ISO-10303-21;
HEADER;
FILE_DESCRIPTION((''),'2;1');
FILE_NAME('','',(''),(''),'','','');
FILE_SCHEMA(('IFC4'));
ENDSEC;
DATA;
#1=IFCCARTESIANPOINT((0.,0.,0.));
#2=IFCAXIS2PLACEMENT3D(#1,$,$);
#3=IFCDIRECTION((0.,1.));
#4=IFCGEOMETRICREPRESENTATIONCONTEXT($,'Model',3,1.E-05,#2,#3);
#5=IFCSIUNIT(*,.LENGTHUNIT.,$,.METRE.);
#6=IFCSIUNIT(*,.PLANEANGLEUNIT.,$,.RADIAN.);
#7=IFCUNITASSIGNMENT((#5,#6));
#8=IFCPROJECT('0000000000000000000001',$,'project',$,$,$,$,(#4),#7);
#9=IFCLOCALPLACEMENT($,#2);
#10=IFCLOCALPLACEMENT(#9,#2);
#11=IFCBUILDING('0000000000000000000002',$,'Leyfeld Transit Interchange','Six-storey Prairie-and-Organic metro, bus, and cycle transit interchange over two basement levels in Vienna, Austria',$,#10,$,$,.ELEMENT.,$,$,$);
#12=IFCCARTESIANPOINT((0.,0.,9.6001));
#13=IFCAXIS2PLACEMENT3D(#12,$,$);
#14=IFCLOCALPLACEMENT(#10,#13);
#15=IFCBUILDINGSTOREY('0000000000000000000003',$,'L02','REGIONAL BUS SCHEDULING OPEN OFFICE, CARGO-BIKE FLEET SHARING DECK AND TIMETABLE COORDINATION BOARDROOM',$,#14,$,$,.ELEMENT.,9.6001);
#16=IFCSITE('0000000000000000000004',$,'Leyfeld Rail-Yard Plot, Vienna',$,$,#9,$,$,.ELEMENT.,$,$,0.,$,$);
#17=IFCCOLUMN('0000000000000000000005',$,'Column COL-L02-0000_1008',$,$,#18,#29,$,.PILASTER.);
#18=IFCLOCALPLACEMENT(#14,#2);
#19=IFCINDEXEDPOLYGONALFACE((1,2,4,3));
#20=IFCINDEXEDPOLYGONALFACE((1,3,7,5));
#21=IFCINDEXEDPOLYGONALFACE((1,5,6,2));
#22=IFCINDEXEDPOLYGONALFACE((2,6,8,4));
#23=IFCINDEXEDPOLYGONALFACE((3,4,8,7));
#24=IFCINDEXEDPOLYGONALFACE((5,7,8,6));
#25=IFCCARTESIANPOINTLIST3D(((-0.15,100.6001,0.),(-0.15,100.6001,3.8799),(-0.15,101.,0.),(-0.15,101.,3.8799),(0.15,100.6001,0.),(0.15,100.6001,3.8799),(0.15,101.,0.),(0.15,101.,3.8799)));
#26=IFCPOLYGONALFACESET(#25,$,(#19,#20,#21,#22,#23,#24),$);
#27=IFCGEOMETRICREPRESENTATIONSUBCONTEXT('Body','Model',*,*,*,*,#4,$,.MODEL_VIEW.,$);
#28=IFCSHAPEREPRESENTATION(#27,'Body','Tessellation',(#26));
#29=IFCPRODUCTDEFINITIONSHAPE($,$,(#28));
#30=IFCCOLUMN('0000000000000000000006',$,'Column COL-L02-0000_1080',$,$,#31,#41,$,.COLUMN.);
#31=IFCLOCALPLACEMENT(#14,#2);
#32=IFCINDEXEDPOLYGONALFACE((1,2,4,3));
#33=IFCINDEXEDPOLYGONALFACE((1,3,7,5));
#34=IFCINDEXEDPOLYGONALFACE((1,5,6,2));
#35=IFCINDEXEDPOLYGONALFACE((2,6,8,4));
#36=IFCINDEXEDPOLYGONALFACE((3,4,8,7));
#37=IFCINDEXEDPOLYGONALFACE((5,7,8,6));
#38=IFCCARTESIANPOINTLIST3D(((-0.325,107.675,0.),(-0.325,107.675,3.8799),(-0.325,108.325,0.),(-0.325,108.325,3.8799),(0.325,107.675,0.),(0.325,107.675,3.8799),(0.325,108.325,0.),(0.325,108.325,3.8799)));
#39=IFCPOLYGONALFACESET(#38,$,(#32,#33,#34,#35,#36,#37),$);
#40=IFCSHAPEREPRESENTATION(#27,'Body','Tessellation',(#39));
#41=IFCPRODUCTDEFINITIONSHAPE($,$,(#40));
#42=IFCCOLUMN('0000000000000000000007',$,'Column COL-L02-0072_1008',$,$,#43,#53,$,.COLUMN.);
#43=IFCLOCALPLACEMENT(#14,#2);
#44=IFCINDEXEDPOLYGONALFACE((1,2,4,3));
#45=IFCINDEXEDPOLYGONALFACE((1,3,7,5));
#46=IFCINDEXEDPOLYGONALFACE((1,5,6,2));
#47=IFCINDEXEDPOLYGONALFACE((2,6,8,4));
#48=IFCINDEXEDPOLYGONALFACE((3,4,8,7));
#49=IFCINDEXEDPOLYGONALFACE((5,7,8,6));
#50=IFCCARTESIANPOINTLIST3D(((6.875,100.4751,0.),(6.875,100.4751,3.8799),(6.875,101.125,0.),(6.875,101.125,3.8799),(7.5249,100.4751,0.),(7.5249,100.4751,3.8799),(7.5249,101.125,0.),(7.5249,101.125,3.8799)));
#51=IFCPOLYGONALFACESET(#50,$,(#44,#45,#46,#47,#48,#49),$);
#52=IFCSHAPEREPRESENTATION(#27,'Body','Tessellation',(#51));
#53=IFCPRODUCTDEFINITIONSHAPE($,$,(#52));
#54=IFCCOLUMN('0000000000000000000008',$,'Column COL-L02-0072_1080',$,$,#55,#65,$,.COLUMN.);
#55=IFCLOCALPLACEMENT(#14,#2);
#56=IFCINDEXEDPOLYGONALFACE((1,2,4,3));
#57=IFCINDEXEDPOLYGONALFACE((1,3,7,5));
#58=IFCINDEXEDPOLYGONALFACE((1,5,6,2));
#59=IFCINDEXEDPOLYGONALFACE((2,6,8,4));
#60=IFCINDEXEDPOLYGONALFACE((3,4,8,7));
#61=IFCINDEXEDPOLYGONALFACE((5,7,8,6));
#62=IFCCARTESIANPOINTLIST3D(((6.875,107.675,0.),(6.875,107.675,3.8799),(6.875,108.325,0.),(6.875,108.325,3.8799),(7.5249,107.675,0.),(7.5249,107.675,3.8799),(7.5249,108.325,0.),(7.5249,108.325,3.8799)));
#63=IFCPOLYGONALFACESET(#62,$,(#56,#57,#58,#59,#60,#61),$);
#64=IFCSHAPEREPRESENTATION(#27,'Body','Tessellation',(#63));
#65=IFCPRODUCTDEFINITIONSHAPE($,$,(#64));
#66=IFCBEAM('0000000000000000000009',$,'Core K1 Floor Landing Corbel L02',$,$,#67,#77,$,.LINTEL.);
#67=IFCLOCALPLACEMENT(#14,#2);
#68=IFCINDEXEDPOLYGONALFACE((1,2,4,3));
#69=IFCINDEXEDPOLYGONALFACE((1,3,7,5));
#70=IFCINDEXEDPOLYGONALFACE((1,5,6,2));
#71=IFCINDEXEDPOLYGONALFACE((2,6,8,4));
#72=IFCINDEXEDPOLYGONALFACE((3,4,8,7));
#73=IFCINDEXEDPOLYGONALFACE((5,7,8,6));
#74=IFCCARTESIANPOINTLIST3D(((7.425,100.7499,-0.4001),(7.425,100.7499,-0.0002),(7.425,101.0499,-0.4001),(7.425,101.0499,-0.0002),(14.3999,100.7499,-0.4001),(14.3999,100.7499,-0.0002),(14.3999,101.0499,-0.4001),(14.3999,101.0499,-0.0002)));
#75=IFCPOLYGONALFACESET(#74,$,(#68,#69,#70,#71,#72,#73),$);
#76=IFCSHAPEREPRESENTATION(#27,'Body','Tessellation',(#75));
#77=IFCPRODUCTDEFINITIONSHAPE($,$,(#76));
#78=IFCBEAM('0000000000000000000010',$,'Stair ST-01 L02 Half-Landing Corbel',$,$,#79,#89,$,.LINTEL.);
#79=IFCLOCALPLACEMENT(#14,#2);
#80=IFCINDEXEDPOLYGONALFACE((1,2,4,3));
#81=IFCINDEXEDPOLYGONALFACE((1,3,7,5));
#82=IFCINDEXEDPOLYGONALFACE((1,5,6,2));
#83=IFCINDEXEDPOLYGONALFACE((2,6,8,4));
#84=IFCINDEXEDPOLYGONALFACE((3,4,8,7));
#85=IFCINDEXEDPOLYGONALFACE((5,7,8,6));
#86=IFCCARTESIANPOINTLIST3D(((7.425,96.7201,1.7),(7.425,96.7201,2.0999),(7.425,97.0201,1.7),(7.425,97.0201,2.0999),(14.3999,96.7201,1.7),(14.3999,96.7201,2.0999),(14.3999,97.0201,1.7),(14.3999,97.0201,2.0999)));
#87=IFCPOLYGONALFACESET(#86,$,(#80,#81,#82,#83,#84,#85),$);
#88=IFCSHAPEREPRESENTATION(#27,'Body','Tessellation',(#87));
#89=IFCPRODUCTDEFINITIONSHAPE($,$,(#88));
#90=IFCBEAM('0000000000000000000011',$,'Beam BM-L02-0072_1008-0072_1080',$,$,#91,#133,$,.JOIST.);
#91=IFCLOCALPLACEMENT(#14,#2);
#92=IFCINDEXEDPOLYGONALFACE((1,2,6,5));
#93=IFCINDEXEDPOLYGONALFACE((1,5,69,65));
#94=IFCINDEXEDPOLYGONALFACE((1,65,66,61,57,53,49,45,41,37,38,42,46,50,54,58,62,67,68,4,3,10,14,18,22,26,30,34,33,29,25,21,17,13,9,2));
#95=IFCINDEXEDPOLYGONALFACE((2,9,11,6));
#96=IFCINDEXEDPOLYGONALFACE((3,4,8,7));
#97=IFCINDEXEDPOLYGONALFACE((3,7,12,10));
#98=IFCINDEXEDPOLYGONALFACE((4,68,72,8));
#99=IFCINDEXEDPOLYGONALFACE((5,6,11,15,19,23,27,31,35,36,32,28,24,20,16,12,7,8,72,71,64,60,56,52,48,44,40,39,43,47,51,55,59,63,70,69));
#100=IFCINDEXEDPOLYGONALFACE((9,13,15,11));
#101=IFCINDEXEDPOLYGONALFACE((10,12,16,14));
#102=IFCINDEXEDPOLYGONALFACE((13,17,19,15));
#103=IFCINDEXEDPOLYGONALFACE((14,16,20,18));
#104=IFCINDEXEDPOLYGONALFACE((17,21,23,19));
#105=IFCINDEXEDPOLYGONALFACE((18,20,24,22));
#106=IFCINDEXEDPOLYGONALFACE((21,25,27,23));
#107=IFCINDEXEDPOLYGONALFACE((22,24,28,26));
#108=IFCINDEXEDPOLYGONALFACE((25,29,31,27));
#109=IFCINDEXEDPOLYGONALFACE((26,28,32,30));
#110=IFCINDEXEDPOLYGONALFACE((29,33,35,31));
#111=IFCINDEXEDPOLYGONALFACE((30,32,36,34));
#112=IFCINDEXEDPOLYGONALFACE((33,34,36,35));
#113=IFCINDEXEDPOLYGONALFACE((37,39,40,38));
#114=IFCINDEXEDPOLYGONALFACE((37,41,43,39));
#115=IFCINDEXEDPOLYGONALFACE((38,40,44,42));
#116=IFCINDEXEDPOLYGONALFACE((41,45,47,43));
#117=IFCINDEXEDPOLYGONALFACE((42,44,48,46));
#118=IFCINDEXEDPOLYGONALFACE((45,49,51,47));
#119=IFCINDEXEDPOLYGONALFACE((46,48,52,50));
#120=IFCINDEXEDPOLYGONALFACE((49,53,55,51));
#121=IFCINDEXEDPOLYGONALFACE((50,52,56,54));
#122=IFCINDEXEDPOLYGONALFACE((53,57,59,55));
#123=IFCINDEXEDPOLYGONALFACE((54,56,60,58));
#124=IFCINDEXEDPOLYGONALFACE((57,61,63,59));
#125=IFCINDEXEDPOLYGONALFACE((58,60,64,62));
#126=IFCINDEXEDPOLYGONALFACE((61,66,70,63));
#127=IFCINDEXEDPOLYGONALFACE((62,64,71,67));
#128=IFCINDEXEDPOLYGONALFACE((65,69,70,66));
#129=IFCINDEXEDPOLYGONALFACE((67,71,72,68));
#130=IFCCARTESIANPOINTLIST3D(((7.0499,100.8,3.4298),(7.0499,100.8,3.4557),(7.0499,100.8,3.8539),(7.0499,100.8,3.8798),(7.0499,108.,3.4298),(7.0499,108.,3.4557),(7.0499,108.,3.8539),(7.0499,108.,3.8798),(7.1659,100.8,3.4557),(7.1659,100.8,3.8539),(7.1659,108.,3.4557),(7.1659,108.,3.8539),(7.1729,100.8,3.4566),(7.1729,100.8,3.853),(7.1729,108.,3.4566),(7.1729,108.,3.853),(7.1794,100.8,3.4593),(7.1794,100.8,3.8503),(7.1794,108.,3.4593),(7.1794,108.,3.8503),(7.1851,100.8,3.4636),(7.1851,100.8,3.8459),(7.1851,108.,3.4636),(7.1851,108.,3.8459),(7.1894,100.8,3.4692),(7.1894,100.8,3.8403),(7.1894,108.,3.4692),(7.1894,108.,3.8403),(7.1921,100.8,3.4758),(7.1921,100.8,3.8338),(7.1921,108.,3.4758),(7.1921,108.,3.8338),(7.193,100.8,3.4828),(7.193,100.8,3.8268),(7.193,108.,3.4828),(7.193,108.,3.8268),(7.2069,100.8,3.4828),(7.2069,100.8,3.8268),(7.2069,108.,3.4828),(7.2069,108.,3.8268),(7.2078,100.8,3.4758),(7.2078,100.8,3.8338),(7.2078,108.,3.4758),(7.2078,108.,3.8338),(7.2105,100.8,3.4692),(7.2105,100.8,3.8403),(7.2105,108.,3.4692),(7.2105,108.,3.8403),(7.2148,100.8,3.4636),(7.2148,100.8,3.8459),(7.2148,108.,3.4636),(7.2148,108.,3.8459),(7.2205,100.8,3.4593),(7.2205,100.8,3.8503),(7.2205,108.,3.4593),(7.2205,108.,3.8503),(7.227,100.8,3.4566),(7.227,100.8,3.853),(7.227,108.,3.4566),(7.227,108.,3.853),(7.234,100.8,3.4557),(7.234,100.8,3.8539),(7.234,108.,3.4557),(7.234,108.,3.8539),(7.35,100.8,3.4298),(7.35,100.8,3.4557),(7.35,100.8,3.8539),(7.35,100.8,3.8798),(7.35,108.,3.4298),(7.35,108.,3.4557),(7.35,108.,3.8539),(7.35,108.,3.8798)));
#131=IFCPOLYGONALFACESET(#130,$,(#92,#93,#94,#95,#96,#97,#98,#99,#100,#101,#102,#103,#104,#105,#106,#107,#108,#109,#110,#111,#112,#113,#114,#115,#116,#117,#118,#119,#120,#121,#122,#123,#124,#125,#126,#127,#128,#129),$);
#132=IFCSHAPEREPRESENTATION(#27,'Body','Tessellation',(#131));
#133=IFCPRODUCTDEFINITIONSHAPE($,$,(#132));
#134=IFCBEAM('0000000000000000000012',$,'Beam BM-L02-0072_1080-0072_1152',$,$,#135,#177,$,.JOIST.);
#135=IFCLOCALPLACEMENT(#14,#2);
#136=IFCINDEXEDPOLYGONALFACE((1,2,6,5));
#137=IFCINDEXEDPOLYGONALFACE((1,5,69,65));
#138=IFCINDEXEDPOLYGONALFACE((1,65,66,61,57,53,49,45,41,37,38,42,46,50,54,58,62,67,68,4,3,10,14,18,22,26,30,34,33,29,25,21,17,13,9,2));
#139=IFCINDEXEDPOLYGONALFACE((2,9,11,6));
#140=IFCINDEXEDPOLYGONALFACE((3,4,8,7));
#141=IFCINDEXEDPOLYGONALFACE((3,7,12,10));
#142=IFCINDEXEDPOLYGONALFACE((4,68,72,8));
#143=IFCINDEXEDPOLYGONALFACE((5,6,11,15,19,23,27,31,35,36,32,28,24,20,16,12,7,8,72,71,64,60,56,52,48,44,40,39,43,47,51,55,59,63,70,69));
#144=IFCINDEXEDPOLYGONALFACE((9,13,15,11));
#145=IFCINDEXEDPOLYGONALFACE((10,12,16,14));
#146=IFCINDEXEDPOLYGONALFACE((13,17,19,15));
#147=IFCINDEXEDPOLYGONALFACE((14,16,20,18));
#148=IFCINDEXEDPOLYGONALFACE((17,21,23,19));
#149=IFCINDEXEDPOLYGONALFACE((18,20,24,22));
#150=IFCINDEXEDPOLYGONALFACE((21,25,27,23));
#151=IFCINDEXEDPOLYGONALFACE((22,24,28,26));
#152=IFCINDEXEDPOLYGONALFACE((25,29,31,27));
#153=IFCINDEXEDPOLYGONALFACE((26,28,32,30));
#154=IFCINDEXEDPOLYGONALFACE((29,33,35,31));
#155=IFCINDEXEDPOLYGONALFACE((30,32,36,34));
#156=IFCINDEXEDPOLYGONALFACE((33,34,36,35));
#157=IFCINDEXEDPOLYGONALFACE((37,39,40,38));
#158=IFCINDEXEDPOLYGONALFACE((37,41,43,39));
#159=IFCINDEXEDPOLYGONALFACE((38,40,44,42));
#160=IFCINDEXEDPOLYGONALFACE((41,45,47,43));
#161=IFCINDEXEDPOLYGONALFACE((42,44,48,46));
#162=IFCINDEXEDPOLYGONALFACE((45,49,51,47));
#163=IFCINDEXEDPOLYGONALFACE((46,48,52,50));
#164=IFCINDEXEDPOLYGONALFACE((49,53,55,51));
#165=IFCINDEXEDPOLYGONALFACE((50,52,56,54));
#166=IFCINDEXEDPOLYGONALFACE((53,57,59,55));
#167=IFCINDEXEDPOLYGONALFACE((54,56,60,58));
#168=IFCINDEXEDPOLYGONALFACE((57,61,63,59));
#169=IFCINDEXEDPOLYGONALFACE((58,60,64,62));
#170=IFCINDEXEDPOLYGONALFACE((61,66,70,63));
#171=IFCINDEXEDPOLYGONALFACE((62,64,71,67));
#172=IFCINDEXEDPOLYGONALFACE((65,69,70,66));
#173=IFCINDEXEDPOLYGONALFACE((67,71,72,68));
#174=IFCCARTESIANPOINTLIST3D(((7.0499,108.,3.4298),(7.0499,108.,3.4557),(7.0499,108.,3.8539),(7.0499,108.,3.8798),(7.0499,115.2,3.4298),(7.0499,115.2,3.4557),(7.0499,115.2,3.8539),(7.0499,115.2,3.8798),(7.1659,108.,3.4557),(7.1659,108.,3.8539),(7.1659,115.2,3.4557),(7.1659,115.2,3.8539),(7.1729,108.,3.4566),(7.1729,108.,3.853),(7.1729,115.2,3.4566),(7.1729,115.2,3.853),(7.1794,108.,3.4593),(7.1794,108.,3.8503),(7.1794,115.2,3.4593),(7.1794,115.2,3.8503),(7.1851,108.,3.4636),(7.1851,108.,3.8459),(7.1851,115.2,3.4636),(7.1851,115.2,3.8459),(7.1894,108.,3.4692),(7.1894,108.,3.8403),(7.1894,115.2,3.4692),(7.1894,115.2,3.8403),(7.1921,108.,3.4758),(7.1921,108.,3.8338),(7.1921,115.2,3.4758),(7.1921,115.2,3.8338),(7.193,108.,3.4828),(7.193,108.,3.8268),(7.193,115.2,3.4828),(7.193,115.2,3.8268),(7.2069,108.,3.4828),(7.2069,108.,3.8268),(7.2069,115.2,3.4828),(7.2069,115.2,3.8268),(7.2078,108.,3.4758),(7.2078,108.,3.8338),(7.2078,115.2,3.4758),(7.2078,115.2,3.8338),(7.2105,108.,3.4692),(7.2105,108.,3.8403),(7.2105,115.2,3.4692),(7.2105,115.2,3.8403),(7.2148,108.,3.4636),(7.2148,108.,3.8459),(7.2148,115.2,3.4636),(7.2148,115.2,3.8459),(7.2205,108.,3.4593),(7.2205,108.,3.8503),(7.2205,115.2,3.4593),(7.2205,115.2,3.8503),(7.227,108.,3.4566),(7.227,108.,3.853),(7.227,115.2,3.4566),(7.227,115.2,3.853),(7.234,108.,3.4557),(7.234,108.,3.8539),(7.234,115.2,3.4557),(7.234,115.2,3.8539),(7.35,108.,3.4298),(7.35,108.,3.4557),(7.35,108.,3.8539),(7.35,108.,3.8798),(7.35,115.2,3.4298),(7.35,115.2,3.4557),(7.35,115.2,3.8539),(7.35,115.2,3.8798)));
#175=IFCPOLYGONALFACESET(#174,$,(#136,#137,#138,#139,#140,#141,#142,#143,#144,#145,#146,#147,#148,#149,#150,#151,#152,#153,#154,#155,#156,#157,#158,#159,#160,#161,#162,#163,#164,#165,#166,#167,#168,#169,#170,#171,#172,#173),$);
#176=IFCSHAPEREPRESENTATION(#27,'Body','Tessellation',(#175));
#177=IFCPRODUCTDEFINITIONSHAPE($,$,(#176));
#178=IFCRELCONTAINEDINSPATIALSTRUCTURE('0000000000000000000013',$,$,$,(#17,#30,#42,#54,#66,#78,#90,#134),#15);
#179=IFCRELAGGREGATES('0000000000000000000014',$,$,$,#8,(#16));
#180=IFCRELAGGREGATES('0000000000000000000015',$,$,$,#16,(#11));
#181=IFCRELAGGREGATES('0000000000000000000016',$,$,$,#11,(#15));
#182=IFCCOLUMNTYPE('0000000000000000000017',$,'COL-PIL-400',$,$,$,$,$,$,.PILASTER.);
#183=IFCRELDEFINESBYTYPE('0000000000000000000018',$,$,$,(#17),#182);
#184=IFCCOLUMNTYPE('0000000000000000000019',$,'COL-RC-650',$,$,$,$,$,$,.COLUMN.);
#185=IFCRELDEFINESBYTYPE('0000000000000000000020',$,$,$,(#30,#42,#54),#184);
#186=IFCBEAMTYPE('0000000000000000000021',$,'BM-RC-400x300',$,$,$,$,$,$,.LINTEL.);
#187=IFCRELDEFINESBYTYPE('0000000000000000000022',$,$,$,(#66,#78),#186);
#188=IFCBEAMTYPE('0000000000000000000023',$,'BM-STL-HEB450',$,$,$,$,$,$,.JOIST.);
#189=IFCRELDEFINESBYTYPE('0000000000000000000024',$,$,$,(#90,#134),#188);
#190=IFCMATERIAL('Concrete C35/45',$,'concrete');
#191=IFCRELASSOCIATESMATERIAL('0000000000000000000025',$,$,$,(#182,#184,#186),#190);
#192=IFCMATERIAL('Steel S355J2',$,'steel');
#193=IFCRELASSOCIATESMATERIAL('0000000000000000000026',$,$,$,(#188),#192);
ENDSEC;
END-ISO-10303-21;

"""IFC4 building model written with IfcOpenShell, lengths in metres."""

from ifc_helpers import new_model, si_unit, direction, frame, origin, origin_2d, place, context, subcontext, project, spatial, rectangle, i_section, extrude, material, material_profile, profile_set, type_object, element, save


model = new_model("IFC4")

# Units and contexts
model_context = context("Model", 3, precision=1e-05, world=origin(), true_north=direction((0.0, 1.0)))
body_context = subcontext(model_context, "Body", "Model", "MODEL_VIEW")
ifc_project = project(units=[si_unit("LENGTHUNIT", "METRE"), si_unit("PLANEANGLEUNIT", "RADIAN")], contexts=[model_context])

# Site, building, storey
site_placement = place(None, origin())
site = spatial("IfcSite", under=ifc_project, at=site_placement, Name="Leyfeld Rail-Yard Plot, Vienna", CompositionType="ELEMENT", RefElevation=0.0)
building_placement = place(site_placement, origin())
building = spatial("IfcBuilding", under=site, at=building_placement, Name="Leyfeld Transit Interchange", Description="Six-storey Prairie-and-Organic metro, bus, and cycle transit interchange over two basement levels in Vienna, Austria", CompositionType="ELEMENT")
storey_placement = place(building_placement, frame((0.0, 0.0, 9.6001)))
storey = spatial("IfcBuildingStorey", under=building, at=storey_placement, Name="L02", Description="REGIONAL BUS SCHEDULING OPEN OFFICE, CARGO-BIKE FLEET SHARING DECK AND TIMETABLE COORDINATION BOARDROOM", CompositionType="ELEMENT", Elevation=9.6001)

# Columns
ifc_material_1 = material(Name="Concrete C35/45", Category="concrete")
ifc_material_profile_1 = material_profile(ifc_material_1, rectangle(XDim=0.3, YDim=0.3999, at=origin_2d()), Name="RC 400x300")
ifc_profile_set_1 = profile_set([ifc_material_profile_1], Name="Concrete C35/45")
column_type_1 = type_object("IfcColumnType", Name="COL-PIL-400", PredefinedType="PILASTER", material=ifc_profile_set_1)
column_placement = place(storey_placement, frame((0.0, 100.8, 0.0), z_axis=(0.0, 0.0, 1.0), x_axis=(1.0, 0.0, 0.0)))
element("IfcColumn", 1, at=column_placement, inside=storey, type_object=column_type_1, Name="Column COL-L02-0000_1008", PredefinedType="PILASTER", context=body_context, shape_type="SweptSolid", body=[
    extrude(rectangle(XDim=0.3, YDim=0.3999, at=origin_2d()), origin(), (0.0, 0.0, 1.0), 3.8799),
])
ifc_material_profile_2 = material_profile(ifc_material_1, rectangle(XDim=0.6499, YDim=0.6499, at=origin_2d()), Name="RC 650x650")
ifc_profile_set_2 = profile_set([ifc_material_profile_2], Name="Concrete C35/45")
column_type_2 = type_object("IfcColumnType", Name="COL-RC-650", PredefinedType="COLUMN", material=ifc_profile_set_2)
for number, where, z_axis, x_axis, name in (
    (2, (0.0, 108.0, 0.0), (0.0, 0.0, 1.0), (1.0, 0.0, 0.0), "Column COL-L02-0000_1080"),
    (3, (7.2, 100.8, 0.0), (0.0, 0.0, 1.0), (1.0, 0.0, 0.0), "Column COL-L02-0072_1008"),
    (4, (7.2, 108.0, 0.0), (0.0, 0.0, 1.0), (1.0, 0.0, 0.0), "Column COL-L02-0072_1080"),
):
    element("IfcColumn", number, at=place(storey_placement, frame(where, z_axis=z_axis, x_axis=x_axis)), inside=storey, type_object=column_type_2, Name=name, PredefinedType="COLUMN", context=body_context, shape_type="SweptSolid", body=[
        extrude(rectangle(XDim=0.6499, YDim=0.6499, at=origin_2d()), origin(), (0.0, 0.0, 1.0), 3.8799),
    ])

# Beams
ifc_material_profile_3 = material_profile(ifc_material_1, rectangle(XDim=0.3, YDim=0.3999, at=origin_2d()), Name="RC 400x300")
ifc_profile_set_3 = profile_set([ifc_material_profile_3], Name="Concrete C35/45")
beam_type_1 = type_object("IfcBeamType", Name="BM-RC-400x300", PredefinedType="LINTEL", material=ifc_profile_set_3)
for number, where, z_axis, x_axis, name in (
    (5, (7.425, 100.8999, -0.2002), (1.0, 0.0, 0.0), (0.0, 1.0, 0.0), "Core K1 Floor Landing Corbel L02"),
    (6, (7.425, 96.8701, 1.8999), (1.0, 0.0, 0.0), (0.0, 1.0, 0.0), "Stair ST-01 L02 Half-Landing Corbel"),
):
    element("IfcBeam", number, at=place(storey_placement, frame(where, z_axis=z_axis, x_axis=x_axis)), inside=storey, type_object=beam_type_1, Name=name, PredefinedType="LINTEL", context=body_context, shape_type="SweptSolid", body=[
        extrude(rectangle(XDim=0.3, YDim=0.3999, at=origin_2d()), origin(), (0.0, 0.0, 1.0), 6.9749),
    ])
ifc_material_2 = material(Name="Steel S355J2", Category="steel")
ifc_material_profile_4 = material_profile(ifc_material_2, i_section(OverallWidth=0.3, OverallDepth=0.45, WebThickness=0.0139, FlangeThickness=0.0259, FilletRadius=0.0271, at=origin_2d()), Name="HEB 450")
ifc_profile_set_4 = profile_set([ifc_material_profile_4], Name="Steel S355J2")
beam_type_2 = type_object("IfcBeamType", Name="BM-STL-HEB450", PredefinedType="JOIST", material=ifc_profile_set_4)
for number, where, z_axis, x_axis, name in (
    (7, (7.2, 100.8, 3.6548), (0.0, 1.0, 0.0), (-1.0, 0.0, 0.0), "Beam BM-L02-0072_1008-0072_1080"),
    (8, (7.2, 108.0, 3.6548), (0.0, 1.0, 0.0), (-1.0, 0.0, 0.0), "Beam BM-L02-0072_1080-0072_1152"),
):
    element("IfcBeam", number, at=place(storey_placement, frame(where, z_axis=z_axis, x_axis=x_axis)), inside=storey, type_object=beam_type_2, Name=name, PredefinedType="JOIST", context=body_context, shape_type="SweptSolid", body=[
        extrude(i_section(OverallWidth=0.3, OverallDepth=0.45, WebThickness=0.0139, FlangeThickness=0.0259, FilletRadius=0.0271, at=origin_2d()), origin(), (0.0, 0.0, 1.0), 7.2),
    ])

save(model, "model.ifc")
